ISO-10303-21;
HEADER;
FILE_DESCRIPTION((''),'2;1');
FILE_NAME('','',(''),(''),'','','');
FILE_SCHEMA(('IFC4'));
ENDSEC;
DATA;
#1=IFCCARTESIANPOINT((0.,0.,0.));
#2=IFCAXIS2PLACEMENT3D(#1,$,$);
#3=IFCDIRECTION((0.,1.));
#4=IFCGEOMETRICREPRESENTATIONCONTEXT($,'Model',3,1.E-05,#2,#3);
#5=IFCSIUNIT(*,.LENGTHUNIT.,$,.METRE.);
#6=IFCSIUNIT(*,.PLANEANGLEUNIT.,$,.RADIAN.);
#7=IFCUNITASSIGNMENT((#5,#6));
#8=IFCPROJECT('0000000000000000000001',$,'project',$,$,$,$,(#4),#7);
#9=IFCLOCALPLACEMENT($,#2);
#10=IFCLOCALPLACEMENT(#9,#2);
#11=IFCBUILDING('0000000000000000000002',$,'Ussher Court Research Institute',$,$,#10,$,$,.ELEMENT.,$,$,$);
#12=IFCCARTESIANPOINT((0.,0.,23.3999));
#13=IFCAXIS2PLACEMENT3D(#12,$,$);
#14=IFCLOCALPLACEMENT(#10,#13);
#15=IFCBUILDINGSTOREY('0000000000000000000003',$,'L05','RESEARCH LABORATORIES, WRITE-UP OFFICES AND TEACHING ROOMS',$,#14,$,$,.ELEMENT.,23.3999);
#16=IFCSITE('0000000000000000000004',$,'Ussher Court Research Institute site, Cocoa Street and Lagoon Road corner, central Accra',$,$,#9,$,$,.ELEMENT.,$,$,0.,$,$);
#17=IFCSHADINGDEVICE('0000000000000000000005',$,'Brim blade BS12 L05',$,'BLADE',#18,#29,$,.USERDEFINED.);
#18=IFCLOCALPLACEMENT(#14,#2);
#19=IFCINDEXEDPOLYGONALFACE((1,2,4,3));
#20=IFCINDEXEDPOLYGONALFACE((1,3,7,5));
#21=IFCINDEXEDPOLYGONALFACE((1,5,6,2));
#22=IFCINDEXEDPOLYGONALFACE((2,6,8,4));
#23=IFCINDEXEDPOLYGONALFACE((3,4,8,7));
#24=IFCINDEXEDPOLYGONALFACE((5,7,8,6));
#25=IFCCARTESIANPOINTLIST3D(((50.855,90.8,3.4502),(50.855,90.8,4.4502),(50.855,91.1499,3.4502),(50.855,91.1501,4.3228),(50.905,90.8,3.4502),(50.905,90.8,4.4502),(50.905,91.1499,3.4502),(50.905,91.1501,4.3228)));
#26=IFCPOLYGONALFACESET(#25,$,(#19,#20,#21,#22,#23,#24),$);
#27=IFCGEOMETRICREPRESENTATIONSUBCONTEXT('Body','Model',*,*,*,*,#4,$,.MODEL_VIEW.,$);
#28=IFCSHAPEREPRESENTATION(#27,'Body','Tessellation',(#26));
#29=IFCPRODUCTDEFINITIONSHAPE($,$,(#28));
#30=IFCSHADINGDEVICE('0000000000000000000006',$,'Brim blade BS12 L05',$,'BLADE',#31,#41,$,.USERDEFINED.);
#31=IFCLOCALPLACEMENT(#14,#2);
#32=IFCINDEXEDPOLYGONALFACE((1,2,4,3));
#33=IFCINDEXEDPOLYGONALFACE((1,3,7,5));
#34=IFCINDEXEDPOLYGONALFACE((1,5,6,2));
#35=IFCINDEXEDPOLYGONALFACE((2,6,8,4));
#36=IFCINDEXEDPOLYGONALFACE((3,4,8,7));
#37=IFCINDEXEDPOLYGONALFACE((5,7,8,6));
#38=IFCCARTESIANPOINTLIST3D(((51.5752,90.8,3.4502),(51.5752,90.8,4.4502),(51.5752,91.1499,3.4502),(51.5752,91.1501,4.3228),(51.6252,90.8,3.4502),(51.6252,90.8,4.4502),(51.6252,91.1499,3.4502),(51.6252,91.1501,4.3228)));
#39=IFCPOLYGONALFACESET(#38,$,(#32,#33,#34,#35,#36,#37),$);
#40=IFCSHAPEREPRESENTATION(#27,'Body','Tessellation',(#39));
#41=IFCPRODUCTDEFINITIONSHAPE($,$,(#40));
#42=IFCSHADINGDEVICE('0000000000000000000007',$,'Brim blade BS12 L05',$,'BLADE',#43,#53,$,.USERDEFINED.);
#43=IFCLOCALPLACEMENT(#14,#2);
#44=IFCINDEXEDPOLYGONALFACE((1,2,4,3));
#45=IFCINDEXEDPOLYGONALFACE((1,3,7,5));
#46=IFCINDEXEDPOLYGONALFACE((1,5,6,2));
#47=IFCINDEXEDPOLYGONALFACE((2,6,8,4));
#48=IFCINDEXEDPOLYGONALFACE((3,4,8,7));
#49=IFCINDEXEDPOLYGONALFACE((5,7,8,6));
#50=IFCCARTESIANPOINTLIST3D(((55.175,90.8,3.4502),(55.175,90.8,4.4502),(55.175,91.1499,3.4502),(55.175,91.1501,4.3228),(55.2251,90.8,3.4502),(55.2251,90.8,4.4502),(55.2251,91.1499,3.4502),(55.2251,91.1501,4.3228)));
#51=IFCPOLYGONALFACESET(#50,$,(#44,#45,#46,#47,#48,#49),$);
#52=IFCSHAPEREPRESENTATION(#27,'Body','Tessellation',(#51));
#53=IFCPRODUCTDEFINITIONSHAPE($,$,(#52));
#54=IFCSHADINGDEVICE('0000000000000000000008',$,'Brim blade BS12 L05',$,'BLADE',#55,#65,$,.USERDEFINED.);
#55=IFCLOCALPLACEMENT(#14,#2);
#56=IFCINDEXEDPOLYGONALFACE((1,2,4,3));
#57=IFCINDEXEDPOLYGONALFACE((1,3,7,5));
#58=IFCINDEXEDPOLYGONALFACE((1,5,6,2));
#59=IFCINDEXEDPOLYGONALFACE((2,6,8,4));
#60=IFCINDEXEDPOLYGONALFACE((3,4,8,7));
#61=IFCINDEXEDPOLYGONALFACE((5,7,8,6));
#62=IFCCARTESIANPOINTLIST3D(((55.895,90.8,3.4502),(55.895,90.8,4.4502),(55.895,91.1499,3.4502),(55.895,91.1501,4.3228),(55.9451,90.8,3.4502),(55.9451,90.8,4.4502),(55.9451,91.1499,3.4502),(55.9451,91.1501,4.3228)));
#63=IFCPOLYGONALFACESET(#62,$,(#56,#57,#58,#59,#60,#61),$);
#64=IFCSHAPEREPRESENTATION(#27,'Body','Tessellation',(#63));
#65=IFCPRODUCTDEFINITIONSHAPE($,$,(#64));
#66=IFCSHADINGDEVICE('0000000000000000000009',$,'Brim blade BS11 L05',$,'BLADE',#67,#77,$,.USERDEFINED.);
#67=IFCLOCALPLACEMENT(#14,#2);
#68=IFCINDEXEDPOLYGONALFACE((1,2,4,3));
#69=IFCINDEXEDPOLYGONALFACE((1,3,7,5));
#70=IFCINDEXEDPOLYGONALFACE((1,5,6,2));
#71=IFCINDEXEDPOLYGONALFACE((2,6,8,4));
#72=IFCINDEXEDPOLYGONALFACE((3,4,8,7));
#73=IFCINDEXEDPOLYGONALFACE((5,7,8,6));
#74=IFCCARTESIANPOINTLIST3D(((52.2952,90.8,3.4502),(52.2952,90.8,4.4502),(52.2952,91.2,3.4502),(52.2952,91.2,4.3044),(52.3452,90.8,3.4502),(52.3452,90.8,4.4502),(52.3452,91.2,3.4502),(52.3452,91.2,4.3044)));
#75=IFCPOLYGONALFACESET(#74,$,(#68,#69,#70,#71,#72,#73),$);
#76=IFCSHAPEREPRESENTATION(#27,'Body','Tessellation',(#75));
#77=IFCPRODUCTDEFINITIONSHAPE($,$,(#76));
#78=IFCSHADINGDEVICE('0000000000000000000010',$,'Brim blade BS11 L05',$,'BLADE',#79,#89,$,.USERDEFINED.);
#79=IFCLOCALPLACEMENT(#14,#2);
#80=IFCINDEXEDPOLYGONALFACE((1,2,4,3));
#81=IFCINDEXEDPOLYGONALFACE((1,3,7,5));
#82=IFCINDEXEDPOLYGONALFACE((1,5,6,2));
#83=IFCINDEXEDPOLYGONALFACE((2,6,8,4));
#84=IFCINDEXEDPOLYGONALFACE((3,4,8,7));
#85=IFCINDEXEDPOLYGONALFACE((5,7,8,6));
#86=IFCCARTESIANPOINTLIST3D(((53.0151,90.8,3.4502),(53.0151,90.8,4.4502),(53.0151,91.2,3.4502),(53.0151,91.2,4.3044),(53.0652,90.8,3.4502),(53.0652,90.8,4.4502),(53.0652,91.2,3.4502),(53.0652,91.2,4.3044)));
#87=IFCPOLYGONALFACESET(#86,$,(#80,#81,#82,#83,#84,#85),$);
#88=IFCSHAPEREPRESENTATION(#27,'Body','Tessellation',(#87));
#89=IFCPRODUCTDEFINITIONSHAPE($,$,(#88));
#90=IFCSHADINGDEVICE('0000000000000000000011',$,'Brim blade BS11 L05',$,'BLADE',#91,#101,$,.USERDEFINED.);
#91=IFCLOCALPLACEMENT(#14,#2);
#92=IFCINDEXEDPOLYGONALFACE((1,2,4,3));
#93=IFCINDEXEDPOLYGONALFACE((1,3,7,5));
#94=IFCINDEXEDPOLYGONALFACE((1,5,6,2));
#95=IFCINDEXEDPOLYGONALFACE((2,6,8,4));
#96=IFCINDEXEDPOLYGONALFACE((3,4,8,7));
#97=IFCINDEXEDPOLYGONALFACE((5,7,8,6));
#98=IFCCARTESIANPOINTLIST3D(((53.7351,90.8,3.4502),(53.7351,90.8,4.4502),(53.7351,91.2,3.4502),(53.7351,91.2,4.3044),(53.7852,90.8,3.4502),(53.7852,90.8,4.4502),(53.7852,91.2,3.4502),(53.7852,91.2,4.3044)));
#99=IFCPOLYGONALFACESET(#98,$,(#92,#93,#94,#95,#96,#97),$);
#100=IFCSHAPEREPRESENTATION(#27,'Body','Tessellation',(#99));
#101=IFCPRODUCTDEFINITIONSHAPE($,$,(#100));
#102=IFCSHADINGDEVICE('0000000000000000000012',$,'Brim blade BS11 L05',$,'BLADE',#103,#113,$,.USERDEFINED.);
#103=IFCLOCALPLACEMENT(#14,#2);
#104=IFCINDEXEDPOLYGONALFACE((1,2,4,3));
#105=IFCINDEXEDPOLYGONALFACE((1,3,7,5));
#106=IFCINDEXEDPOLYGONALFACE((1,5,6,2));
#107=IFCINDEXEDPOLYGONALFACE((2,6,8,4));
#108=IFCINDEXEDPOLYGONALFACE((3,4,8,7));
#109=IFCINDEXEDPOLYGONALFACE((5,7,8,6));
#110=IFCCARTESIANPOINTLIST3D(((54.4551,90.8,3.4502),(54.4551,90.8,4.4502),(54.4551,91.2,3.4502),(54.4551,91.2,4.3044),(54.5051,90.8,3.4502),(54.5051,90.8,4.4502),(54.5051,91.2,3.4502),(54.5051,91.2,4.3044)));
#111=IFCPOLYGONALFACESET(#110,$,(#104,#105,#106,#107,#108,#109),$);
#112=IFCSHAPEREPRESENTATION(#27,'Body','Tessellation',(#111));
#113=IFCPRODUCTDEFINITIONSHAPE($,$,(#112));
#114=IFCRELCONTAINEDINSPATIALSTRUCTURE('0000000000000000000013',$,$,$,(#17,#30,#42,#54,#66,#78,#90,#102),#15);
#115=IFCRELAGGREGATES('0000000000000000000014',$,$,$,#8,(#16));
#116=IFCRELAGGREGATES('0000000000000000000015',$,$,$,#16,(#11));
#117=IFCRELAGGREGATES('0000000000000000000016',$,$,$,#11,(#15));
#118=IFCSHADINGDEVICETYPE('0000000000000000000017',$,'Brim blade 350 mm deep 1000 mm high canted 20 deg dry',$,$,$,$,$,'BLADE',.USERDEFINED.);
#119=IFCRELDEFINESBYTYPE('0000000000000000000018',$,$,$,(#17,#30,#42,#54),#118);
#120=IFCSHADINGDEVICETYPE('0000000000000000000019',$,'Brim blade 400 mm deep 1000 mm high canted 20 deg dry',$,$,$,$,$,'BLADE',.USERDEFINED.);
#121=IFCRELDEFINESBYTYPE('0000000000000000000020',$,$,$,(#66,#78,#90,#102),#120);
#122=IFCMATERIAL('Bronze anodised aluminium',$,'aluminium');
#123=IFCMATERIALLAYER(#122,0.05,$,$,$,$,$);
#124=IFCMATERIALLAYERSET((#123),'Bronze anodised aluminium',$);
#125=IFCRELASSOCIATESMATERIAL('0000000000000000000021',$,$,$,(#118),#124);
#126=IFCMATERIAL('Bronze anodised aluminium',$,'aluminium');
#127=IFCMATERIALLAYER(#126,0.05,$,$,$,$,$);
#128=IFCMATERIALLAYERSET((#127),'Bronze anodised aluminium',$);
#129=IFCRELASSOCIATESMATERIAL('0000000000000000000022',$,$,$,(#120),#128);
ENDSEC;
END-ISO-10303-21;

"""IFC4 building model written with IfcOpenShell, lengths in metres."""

from ifc_helpers import new_model, si_unit, direction, frame, origin, place, context, subcontext, project, spatial, polyline, outline, extrude, material, layer, layer_set, type_object, element, save


model = new_model("IFC4")

# Units and contexts
model_context = context("Model", 3, precision=1e-05, world=origin(), true_north=direction((0.0, 1.0)))
body_context = subcontext(model_context, "Body", "Model", "MODEL_VIEW")
ifc_project = project(units=[si_unit("LENGTHUNIT", "METRE"), si_unit("PLANEANGLEUNIT", "RADIAN")], contexts=[model_context])

# Site, building, storey
site_placement = place(None, origin())
site = spatial("IfcSite", under=ifc_project, at=site_placement, Name="Ussher Court Research Institute site, Cocoa Street and Lagoon Road corner, central Accra", CompositionType="ELEMENT", RefElevation=0.0)
building_placement = place(site_placement, origin())
building = spatial("IfcBuilding", under=site, at=building_placement, Name="Ussher Court Research Institute", CompositionType="ELEMENT")
storey_placement = place(building_placement, frame((0.0, 0.0, 23.3999)))
storey = spatial("IfcBuildingStorey", under=building, at=storey_placement, Name="L05", Description="RESEARCH LABORATORIES, WRITE-UP OFFICES AND TEACHING ROOMS", CompositionType="ELEMENT", Elevation=23.3999)

# Shading devices
ifc_material_1 = material(Name="Bronze anodised aluminium", Category="aluminium")
ifc_layer_1 = layer(ifc_material_1, 0.05)
ifc_layer_set_1 = layer_set([ifc_layer_1], Name="Bronze anodised aluminium")
shading_device_type_1 = type_object("IfcShadingDeviceType", Name="Brim blade 350 mm deep 1000 mm high canted 20 deg dry", ElementType="BLADE", PredefinedType="USERDEFINED", material=ifc_layer_set_1)
for number, where, z_axis, x_axis, name in (
    (1, (50.8799, 90.8, 3.4502), (0.0, 0.0, 1.0), (0.0, 1.0, 0.0), "Brim blade BS12 L05"),
    (2, (51.6001, 90.8, 3.4502), (0.0, 0.0, 1.0), (0.0, 1.0, 0.0), "Brim blade BS12 L05"),
    (3, (55.2, 90.8, 3.4502), (0.0, 0.0, 1.0), (0.0, 1.0, 0.0), "Brim blade BS12 L05"),
    (4, (55.9199, 90.8, 3.4502), (0.0, 0.0, 1.0), (0.0, 1.0, 0.0), "Brim blade BS12 L05"),
):
    element("IfcShadingDevice", number, at=place(storey_placement, frame(where, z_axis=z_axis, x_axis=x_axis)), inside=storey, type_object=shading_device_type_1, Name=name, ObjectType="BLADE", PredefinedType="USERDEFINED", context=body_context, shape_type="SweptSolid", body=[
        extrude(outline(polyline([(0.0, 0.0), (0.3499, 0.0), (0.3501, 0.8726), (0.0, 1.0), (0.0, 0.0)])), frame((0.0, 0.0249, 0.0), z_axis=(0.0, -1.0, 0.0), x_axis=(1.0, 0.0, 0.0)), (0.0, 0.0, 1.0), 0.05),
    ])
ifc_material_2 = material(Name="Bronze anodised aluminium", Category="aluminium")
ifc_layer_2 = layer(ifc_material_2, 0.05)
ifc_layer_set_2 = layer_set([ifc_layer_2], Name="Bronze anodised aluminium")
shading_device_type_2 = type_object("IfcShadingDeviceType", Name="Brim blade 400 mm deep 1000 mm high canted 20 deg dry", ElementType="BLADE", PredefinedType="USERDEFINED", material=ifc_layer_set_2)
for number, where, z_axis, x_axis, name in (
    (5, (52.3201, 90.8, 3.4502), (0.0, 0.0, 1.0), (0.0, 1.0, 0.0), "Brim blade BS11 L05"),
    (6, (53.04, 90.8, 3.4502), (0.0, 0.0, 1.0), (0.0, 1.0, 0.0), "Brim blade BS11 L05"),
    (7, (53.76, 90.8, 3.4502), (0.0, 0.0, 1.0), (0.0, 1.0, 0.0), "Brim blade BS11 L05"),
    (8, (54.48, 90.8, 3.4502), (0.0, 0.0, 1.0), (0.0, 1.0, 0.0), "Brim blade BS11 L05"),
):
    element("IfcShadingDevice", number, at=place(storey_placement, frame(where, z_axis=z_axis, x_axis=x_axis)), inside=storey, type_object=shading_device_type_2, Name=name, ObjectType="BLADE", PredefinedType="USERDEFINED", context=body_context, shape_type="SweptSolid", body=[
        extrude(outline(polyline([(0.0, 0.0), (0.3999, 0.0), (0.3999, 0.8542), (0.0, 1.0), (0.0, 0.0)])), frame((0.0, 0.0249, 0.0), z_axis=(0.0, -1.0, 0.0), x_axis=(1.0, 0.0, 0.0)), (0.0, 0.0, 1.0), 0.05),
    ])

save(model, "model.ifc")
